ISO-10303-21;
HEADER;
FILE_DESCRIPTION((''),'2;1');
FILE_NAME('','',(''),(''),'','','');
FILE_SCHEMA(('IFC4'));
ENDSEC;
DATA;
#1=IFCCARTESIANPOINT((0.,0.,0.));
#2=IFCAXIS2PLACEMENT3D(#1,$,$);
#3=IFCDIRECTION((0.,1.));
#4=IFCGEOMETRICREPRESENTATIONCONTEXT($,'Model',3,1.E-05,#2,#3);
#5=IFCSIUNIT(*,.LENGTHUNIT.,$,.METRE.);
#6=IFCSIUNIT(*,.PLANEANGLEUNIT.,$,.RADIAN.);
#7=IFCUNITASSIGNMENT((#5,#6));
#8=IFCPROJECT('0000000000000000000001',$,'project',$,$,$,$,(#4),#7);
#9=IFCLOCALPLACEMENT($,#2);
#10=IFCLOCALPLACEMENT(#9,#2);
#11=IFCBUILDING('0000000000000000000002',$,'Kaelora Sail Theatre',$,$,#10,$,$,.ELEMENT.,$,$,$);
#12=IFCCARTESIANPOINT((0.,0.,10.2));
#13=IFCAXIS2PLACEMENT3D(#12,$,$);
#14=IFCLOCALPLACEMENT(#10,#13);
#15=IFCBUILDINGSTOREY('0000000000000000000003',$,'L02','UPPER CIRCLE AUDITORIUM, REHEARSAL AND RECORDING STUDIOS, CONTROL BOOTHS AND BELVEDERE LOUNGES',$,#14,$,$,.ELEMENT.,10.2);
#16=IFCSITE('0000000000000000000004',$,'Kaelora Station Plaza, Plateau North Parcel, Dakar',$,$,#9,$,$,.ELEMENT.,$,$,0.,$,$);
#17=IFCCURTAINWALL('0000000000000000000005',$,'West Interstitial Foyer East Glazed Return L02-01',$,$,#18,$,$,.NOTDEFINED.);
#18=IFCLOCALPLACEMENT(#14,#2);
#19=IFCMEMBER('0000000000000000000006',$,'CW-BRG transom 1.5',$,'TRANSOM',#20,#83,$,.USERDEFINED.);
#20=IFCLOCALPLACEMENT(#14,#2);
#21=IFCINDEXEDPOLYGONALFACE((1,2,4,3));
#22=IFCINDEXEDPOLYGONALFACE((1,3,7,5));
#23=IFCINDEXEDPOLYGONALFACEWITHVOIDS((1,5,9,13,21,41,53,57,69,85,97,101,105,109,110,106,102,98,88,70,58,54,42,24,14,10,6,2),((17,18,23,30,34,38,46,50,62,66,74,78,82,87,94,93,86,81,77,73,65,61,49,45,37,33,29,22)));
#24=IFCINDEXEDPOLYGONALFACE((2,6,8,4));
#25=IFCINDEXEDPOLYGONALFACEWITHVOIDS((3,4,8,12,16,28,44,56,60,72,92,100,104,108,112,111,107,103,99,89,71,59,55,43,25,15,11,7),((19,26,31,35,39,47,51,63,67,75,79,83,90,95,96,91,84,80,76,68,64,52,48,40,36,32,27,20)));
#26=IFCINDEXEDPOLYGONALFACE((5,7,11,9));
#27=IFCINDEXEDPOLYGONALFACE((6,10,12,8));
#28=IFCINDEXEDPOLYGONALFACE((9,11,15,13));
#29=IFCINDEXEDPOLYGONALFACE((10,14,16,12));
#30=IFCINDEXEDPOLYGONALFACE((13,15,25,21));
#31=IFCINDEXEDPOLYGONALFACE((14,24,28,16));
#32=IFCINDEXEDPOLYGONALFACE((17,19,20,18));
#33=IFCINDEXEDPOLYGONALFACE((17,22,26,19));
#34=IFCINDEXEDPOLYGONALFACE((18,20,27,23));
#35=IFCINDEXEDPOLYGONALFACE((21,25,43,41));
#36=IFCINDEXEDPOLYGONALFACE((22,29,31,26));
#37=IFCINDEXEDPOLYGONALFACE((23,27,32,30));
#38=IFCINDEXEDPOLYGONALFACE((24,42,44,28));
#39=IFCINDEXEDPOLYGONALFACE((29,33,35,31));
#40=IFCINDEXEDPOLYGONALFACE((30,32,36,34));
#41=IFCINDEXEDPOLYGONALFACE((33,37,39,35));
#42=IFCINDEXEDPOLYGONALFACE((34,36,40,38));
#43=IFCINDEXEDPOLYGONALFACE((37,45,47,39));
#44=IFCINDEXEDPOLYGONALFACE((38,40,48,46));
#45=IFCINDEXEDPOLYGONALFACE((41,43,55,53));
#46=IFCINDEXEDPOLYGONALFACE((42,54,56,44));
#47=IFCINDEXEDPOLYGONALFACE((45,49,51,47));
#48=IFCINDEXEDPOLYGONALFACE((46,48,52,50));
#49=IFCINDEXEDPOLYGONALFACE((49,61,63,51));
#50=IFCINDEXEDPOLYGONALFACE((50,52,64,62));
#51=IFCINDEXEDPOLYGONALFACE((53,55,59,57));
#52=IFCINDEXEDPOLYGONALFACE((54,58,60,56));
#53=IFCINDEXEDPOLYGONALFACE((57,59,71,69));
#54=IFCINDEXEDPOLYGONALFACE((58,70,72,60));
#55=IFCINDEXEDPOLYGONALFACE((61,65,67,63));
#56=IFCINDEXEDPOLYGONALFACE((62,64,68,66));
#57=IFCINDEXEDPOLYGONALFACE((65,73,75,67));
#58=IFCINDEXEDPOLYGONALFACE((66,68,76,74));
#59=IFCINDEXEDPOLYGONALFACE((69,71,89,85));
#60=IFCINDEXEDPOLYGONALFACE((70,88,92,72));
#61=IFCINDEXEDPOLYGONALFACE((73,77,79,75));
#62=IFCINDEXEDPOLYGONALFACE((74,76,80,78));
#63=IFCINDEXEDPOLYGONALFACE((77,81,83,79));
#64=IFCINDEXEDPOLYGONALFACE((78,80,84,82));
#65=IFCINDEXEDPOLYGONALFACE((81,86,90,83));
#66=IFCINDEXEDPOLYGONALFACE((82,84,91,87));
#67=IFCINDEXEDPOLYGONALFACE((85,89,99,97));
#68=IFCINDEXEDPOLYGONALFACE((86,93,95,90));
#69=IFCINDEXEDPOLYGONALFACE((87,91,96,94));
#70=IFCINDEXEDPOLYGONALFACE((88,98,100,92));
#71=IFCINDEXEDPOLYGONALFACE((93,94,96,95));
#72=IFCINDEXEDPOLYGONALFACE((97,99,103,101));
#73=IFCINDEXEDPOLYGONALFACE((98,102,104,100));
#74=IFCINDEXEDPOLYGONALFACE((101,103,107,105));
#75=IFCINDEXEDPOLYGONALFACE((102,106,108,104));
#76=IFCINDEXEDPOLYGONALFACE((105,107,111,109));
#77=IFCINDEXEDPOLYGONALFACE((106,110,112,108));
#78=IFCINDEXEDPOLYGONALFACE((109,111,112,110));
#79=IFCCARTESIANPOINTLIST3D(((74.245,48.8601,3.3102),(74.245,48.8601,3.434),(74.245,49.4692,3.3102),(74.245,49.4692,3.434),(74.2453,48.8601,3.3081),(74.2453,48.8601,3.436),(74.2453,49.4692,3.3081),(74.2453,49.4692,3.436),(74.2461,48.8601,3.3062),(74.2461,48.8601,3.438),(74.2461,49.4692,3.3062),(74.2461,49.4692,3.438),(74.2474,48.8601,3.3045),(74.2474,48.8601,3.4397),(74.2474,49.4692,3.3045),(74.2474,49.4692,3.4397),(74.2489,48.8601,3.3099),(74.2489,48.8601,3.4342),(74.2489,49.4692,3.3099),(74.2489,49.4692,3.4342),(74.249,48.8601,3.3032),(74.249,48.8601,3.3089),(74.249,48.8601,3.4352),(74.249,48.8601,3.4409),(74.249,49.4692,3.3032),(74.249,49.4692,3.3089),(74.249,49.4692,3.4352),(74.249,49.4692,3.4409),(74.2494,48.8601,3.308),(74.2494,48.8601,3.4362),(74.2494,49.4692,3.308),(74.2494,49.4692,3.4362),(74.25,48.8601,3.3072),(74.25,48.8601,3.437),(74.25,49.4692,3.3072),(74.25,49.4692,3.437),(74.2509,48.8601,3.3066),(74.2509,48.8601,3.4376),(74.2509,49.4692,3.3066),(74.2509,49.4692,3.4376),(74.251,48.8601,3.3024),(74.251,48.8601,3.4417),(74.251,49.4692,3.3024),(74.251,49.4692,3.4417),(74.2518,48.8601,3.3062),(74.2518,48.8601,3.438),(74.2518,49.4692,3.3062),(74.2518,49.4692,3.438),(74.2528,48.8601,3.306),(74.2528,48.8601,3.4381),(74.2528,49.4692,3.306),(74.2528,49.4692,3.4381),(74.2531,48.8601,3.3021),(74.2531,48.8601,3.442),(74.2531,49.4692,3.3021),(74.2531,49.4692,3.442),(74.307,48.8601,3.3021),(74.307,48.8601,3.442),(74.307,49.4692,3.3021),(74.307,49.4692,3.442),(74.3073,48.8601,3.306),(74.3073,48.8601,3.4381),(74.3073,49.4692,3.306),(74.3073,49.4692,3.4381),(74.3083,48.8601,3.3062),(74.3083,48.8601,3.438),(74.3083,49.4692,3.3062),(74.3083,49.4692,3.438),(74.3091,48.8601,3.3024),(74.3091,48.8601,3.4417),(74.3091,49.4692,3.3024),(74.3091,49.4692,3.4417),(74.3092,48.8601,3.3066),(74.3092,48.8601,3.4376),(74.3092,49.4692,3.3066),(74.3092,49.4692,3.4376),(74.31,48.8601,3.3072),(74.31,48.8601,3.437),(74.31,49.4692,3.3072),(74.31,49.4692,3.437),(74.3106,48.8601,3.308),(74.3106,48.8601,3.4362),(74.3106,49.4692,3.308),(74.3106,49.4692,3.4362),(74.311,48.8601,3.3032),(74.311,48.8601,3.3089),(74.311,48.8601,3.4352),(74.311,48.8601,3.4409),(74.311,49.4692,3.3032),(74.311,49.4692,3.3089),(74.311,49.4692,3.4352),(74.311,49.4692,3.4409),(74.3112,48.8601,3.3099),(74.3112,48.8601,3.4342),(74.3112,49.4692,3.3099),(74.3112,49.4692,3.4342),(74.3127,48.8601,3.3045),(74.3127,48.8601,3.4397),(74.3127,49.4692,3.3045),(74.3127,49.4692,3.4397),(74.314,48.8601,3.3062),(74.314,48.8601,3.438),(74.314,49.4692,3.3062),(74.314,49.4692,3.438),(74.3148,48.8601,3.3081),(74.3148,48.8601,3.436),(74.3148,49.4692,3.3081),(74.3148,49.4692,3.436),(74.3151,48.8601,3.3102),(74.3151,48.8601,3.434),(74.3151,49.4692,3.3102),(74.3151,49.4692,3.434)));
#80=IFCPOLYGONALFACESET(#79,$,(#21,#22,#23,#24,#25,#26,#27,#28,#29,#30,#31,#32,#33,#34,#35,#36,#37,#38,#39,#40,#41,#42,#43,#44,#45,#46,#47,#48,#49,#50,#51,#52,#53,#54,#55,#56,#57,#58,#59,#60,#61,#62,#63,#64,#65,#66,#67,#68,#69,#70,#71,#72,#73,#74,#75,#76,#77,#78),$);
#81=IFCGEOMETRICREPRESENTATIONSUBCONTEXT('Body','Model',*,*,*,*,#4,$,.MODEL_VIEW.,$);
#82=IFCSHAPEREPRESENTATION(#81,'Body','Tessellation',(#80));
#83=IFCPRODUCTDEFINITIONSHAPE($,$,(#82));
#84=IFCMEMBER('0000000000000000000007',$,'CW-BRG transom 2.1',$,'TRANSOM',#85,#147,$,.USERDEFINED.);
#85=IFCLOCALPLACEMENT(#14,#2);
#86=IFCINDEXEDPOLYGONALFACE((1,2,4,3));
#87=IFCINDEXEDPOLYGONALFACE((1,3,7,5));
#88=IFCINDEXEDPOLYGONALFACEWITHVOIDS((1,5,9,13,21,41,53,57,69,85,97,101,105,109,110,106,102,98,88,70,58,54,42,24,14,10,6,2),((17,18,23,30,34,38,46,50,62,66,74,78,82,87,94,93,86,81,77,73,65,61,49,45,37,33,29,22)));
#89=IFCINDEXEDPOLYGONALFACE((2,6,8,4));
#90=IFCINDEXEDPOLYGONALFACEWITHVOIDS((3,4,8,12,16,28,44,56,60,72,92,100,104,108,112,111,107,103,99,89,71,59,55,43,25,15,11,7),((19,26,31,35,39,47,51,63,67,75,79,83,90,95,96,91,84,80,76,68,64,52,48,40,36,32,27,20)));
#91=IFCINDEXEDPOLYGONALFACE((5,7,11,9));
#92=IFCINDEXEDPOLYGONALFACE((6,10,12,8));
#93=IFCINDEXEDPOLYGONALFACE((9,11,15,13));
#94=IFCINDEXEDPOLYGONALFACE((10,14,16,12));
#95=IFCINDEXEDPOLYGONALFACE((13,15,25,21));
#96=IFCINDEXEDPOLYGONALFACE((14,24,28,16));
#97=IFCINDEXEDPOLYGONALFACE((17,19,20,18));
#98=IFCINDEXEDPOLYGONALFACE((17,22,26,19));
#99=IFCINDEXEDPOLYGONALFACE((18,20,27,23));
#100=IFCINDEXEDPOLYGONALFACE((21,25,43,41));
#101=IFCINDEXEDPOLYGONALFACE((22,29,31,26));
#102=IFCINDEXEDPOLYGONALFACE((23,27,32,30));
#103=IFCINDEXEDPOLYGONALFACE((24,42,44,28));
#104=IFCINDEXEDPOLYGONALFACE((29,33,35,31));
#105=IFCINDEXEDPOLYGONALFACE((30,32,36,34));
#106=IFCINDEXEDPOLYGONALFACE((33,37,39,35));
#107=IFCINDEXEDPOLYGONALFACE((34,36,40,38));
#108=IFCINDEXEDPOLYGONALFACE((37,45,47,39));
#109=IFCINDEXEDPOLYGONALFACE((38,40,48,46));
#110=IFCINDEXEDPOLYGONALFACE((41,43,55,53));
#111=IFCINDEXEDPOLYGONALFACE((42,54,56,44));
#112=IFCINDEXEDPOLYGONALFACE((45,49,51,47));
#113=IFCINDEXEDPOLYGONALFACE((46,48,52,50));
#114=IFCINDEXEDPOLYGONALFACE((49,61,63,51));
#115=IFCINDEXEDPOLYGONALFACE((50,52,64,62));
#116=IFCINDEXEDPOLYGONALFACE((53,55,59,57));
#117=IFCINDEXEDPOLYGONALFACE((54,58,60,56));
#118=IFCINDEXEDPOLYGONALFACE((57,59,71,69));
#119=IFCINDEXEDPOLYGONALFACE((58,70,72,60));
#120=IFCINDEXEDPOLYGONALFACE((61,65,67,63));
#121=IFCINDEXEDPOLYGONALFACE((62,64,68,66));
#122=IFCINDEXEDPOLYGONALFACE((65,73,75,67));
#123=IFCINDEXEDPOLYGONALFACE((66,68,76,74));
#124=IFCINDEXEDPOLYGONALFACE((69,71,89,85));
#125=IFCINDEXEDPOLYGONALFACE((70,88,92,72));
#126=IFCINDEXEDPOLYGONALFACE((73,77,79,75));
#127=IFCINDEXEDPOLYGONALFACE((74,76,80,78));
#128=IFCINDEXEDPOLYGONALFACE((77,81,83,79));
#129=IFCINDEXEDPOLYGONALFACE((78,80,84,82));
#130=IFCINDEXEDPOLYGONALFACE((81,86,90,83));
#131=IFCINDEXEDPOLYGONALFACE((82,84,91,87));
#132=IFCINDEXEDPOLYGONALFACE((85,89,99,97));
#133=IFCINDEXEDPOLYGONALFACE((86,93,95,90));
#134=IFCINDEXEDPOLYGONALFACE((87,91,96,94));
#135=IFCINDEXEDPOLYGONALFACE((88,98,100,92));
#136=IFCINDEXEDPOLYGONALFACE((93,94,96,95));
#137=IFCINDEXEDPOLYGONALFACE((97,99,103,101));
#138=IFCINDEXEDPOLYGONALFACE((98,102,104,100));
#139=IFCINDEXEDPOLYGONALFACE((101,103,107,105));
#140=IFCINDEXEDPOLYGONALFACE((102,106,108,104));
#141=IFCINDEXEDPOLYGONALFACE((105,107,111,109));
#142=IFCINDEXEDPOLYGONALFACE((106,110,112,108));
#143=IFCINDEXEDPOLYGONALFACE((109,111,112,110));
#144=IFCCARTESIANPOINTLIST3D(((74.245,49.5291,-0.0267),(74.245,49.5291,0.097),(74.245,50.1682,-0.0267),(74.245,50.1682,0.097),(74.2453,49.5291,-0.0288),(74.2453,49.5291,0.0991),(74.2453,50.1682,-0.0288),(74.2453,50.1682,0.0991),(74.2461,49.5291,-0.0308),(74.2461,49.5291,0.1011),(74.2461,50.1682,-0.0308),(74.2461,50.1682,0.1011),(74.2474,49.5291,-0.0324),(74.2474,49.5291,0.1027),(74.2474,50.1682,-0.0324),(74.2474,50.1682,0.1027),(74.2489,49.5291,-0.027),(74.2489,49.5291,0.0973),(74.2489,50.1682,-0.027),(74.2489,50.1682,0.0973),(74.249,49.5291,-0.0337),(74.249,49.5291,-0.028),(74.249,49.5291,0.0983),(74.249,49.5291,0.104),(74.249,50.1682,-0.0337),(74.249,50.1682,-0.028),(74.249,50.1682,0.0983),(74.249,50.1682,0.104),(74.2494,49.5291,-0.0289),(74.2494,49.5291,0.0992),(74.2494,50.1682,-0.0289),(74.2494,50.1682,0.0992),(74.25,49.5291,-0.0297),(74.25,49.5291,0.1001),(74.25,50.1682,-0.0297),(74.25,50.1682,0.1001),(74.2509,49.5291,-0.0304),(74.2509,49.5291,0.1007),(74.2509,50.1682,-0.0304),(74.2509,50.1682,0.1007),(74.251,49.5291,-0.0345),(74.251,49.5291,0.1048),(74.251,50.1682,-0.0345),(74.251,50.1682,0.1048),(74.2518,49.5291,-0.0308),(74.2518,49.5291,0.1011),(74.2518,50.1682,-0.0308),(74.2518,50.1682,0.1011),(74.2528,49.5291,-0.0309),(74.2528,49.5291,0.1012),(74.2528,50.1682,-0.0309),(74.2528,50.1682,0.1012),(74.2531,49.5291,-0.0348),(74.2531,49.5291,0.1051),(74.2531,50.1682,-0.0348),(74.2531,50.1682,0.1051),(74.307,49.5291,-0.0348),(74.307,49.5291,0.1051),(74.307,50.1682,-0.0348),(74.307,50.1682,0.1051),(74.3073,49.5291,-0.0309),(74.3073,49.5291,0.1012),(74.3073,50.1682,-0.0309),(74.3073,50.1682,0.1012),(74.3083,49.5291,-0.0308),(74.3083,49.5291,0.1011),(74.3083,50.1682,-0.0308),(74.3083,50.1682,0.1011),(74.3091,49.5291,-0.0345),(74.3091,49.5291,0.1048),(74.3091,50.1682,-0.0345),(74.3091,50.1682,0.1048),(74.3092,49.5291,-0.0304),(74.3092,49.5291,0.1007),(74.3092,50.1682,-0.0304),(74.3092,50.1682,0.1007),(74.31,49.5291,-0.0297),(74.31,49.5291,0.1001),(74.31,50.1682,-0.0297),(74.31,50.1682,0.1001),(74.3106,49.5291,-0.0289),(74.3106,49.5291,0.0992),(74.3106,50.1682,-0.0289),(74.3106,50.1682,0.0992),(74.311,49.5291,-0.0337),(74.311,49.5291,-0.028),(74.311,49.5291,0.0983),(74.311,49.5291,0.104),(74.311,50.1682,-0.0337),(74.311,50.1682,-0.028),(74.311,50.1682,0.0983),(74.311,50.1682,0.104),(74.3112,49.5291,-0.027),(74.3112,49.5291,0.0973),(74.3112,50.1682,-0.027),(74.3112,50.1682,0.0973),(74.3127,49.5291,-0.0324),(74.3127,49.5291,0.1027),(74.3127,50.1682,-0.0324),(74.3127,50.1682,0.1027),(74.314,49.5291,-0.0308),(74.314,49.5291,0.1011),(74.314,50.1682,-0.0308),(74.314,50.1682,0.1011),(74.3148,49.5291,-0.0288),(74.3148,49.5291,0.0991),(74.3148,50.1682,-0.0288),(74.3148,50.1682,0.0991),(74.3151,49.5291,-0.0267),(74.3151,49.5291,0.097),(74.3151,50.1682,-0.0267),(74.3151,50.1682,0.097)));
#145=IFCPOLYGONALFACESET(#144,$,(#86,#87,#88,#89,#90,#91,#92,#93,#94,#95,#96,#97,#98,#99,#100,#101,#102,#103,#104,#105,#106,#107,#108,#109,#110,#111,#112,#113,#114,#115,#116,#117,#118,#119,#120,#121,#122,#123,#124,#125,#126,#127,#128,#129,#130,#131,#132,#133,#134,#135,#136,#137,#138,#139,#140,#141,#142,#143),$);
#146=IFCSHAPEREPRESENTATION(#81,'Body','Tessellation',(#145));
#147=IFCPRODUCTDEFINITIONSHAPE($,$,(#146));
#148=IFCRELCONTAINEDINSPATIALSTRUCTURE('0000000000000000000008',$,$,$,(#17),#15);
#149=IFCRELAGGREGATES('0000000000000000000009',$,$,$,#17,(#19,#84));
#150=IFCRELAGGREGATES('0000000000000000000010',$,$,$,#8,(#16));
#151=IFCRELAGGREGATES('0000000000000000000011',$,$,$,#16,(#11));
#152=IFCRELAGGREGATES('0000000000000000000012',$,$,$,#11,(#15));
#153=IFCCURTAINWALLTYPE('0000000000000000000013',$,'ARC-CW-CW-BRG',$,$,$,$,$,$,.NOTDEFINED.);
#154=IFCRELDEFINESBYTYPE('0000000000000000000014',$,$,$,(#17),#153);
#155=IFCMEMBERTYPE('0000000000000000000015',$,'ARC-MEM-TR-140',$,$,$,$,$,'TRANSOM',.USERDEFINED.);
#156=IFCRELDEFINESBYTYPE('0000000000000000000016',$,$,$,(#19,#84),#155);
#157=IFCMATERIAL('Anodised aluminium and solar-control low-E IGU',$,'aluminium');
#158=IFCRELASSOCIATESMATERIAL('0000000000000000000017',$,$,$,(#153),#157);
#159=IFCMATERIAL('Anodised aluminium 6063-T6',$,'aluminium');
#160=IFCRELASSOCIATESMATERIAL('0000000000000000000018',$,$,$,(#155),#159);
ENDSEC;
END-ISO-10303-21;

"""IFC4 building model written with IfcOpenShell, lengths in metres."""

from ifc_helpers import new_model, si_unit, direction, frame, origin, origin_2d, place, context, subcontext, project, spatial, hollow_rectangle, extrude, material, material_profile, profile_set, type_object, element, aggregate, save


model = new_model("IFC4")

# Units and contexts
model_context = context("Model", 3, precision=1e-05, world=origin(), true_north=direction((0.0, 1.0)))
body_context = subcontext(model_context, "Body", "Model", "MODEL_VIEW")
ifc_project = project(units=[si_unit("LENGTHUNIT", "METRE"), si_unit("PLANEANGLEUNIT", "RADIAN")], contexts=[model_context])

# Site, building, storey
site_placement = place(None, origin())
site = spatial("IfcSite", under=ifc_project, at=site_placement, Name="Kaelora Station Plaza, Plateau North Parcel, Dakar", CompositionType="ELEMENT", RefElevation=0.0)
building_placement = place(site_placement, origin())
building = spatial("IfcBuilding", under=site, at=building_placement, Name="Kaelora Sail Theatre", CompositionType="ELEMENT")
storey_placement = place(building_placement, frame((0.0, 0.0, 10.2)))
storey = spatial("IfcBuildingStorey", under=building, at=storey_placement, Name="L02", Description="UPPER CIRCLE AUDITORIUM, REHEARSAL AND RECORDING STUDIOS, CONTROL BOOTHS AND BELVEDERE LOUNGES", CompositionType="ELEMENT", Elevation=10.2)

# Shared definitions
ifc_material_1 = material(Name="Anodised aluminium and solar-control low-E IGU", Category="aluminium")
curtain_wall_type = type_object("IfcCurtainWallType", Name="ARC-CW-CW-BRG", PredefinedType="NOTDEFINED", material=ifc_material_1)

# Curtain wall
curtain_wall_1_placement = place(storey_placement, origin())
curtain_wall_1 = element("IfcCurtainWall", 1, at=curtain_wall_1_placement, inside=storey, type_object=curtain_wall_type, Name="West Interstitial Foyer East Glazed Return L02-01", PredefinedType="NOTDEFINED")

# Members
ifc_material_2 = material(Name="Anodised aluminium 6063-T6", Category="aluminium")
ifc_material_profile_1 = material_profile(ifc_material_2, hollow_rectangle(XDim=0.0701, YDim=0.1399, WallThickness=0.0039, InnerFilletRadius=0.0039, OuterFilletRadius=0.0081, at=origin_2d()), Name="ALU-TRAN 70x140x4")
ifc_profile_set_1 = profile_set([ifc_material_profile_1], Name="Anodised aluminium 6063-T6")
member_type_1 = type_object("IfcMemberType", Name="ARC-MEM-TR-140", ElementType="TRANSOM", PredefinedType="USERDEFINED", material=ifc_profile_set_1)
member_1_placement = place(storey_placement, frame((74.28, 48.8601, 3.3721), z_axis=(0.0, 1.0, 0.0), x_axis=(-1.0, 0.0, 0.0)))
member_1 = element("IfcMember", 2, at=member_1_placement, type_object=member_type_1, Name="CW-BRG transom 1.5", ObjectType="TRANSOM", PredefinedType="USERDEFINED", context=body_context, shape_type="SweptSolid", body=[
    extrude(hollow_rectangle(XDim=0.0701, YDim=0.1399, WallThickness=0.0039, InnerFilletRadius=0.0039, OuterFilletRadius=0.0081, at=origin_2d()), origin(), (0.0, 0.0, 1.0), 0.6091),
])
member_2_placement = place(storey_placement, frame((74.28, 49.5291, 0.0352), z_axis=(0.0, 1.0, 0.0), x_axis=(-1.0, 0.0, 0.0)))
member_2 = element("IfcMember", 3, at=member_2_placement, type_object=member_type_1, Name="CW-BRG transom 2.1", ObjectType="TRANSOM", PredefinedType="USERDEFINED", context=body_context, shape_type="SweptSolid", body=[
    extrude(hollow_rectangle(XDim=0.0701, YDim=0.1399, WallThickness=0.0039, InnerFilletRadius=0.0039, OuterFilletRadius=0.0081, at=origin_2d()), origin(), (0.0, 0.0, 1.0), 0.6392),
])

aggregate(curtain_wall_1, [member_1, member_2])

save(model, "model.ifc")
